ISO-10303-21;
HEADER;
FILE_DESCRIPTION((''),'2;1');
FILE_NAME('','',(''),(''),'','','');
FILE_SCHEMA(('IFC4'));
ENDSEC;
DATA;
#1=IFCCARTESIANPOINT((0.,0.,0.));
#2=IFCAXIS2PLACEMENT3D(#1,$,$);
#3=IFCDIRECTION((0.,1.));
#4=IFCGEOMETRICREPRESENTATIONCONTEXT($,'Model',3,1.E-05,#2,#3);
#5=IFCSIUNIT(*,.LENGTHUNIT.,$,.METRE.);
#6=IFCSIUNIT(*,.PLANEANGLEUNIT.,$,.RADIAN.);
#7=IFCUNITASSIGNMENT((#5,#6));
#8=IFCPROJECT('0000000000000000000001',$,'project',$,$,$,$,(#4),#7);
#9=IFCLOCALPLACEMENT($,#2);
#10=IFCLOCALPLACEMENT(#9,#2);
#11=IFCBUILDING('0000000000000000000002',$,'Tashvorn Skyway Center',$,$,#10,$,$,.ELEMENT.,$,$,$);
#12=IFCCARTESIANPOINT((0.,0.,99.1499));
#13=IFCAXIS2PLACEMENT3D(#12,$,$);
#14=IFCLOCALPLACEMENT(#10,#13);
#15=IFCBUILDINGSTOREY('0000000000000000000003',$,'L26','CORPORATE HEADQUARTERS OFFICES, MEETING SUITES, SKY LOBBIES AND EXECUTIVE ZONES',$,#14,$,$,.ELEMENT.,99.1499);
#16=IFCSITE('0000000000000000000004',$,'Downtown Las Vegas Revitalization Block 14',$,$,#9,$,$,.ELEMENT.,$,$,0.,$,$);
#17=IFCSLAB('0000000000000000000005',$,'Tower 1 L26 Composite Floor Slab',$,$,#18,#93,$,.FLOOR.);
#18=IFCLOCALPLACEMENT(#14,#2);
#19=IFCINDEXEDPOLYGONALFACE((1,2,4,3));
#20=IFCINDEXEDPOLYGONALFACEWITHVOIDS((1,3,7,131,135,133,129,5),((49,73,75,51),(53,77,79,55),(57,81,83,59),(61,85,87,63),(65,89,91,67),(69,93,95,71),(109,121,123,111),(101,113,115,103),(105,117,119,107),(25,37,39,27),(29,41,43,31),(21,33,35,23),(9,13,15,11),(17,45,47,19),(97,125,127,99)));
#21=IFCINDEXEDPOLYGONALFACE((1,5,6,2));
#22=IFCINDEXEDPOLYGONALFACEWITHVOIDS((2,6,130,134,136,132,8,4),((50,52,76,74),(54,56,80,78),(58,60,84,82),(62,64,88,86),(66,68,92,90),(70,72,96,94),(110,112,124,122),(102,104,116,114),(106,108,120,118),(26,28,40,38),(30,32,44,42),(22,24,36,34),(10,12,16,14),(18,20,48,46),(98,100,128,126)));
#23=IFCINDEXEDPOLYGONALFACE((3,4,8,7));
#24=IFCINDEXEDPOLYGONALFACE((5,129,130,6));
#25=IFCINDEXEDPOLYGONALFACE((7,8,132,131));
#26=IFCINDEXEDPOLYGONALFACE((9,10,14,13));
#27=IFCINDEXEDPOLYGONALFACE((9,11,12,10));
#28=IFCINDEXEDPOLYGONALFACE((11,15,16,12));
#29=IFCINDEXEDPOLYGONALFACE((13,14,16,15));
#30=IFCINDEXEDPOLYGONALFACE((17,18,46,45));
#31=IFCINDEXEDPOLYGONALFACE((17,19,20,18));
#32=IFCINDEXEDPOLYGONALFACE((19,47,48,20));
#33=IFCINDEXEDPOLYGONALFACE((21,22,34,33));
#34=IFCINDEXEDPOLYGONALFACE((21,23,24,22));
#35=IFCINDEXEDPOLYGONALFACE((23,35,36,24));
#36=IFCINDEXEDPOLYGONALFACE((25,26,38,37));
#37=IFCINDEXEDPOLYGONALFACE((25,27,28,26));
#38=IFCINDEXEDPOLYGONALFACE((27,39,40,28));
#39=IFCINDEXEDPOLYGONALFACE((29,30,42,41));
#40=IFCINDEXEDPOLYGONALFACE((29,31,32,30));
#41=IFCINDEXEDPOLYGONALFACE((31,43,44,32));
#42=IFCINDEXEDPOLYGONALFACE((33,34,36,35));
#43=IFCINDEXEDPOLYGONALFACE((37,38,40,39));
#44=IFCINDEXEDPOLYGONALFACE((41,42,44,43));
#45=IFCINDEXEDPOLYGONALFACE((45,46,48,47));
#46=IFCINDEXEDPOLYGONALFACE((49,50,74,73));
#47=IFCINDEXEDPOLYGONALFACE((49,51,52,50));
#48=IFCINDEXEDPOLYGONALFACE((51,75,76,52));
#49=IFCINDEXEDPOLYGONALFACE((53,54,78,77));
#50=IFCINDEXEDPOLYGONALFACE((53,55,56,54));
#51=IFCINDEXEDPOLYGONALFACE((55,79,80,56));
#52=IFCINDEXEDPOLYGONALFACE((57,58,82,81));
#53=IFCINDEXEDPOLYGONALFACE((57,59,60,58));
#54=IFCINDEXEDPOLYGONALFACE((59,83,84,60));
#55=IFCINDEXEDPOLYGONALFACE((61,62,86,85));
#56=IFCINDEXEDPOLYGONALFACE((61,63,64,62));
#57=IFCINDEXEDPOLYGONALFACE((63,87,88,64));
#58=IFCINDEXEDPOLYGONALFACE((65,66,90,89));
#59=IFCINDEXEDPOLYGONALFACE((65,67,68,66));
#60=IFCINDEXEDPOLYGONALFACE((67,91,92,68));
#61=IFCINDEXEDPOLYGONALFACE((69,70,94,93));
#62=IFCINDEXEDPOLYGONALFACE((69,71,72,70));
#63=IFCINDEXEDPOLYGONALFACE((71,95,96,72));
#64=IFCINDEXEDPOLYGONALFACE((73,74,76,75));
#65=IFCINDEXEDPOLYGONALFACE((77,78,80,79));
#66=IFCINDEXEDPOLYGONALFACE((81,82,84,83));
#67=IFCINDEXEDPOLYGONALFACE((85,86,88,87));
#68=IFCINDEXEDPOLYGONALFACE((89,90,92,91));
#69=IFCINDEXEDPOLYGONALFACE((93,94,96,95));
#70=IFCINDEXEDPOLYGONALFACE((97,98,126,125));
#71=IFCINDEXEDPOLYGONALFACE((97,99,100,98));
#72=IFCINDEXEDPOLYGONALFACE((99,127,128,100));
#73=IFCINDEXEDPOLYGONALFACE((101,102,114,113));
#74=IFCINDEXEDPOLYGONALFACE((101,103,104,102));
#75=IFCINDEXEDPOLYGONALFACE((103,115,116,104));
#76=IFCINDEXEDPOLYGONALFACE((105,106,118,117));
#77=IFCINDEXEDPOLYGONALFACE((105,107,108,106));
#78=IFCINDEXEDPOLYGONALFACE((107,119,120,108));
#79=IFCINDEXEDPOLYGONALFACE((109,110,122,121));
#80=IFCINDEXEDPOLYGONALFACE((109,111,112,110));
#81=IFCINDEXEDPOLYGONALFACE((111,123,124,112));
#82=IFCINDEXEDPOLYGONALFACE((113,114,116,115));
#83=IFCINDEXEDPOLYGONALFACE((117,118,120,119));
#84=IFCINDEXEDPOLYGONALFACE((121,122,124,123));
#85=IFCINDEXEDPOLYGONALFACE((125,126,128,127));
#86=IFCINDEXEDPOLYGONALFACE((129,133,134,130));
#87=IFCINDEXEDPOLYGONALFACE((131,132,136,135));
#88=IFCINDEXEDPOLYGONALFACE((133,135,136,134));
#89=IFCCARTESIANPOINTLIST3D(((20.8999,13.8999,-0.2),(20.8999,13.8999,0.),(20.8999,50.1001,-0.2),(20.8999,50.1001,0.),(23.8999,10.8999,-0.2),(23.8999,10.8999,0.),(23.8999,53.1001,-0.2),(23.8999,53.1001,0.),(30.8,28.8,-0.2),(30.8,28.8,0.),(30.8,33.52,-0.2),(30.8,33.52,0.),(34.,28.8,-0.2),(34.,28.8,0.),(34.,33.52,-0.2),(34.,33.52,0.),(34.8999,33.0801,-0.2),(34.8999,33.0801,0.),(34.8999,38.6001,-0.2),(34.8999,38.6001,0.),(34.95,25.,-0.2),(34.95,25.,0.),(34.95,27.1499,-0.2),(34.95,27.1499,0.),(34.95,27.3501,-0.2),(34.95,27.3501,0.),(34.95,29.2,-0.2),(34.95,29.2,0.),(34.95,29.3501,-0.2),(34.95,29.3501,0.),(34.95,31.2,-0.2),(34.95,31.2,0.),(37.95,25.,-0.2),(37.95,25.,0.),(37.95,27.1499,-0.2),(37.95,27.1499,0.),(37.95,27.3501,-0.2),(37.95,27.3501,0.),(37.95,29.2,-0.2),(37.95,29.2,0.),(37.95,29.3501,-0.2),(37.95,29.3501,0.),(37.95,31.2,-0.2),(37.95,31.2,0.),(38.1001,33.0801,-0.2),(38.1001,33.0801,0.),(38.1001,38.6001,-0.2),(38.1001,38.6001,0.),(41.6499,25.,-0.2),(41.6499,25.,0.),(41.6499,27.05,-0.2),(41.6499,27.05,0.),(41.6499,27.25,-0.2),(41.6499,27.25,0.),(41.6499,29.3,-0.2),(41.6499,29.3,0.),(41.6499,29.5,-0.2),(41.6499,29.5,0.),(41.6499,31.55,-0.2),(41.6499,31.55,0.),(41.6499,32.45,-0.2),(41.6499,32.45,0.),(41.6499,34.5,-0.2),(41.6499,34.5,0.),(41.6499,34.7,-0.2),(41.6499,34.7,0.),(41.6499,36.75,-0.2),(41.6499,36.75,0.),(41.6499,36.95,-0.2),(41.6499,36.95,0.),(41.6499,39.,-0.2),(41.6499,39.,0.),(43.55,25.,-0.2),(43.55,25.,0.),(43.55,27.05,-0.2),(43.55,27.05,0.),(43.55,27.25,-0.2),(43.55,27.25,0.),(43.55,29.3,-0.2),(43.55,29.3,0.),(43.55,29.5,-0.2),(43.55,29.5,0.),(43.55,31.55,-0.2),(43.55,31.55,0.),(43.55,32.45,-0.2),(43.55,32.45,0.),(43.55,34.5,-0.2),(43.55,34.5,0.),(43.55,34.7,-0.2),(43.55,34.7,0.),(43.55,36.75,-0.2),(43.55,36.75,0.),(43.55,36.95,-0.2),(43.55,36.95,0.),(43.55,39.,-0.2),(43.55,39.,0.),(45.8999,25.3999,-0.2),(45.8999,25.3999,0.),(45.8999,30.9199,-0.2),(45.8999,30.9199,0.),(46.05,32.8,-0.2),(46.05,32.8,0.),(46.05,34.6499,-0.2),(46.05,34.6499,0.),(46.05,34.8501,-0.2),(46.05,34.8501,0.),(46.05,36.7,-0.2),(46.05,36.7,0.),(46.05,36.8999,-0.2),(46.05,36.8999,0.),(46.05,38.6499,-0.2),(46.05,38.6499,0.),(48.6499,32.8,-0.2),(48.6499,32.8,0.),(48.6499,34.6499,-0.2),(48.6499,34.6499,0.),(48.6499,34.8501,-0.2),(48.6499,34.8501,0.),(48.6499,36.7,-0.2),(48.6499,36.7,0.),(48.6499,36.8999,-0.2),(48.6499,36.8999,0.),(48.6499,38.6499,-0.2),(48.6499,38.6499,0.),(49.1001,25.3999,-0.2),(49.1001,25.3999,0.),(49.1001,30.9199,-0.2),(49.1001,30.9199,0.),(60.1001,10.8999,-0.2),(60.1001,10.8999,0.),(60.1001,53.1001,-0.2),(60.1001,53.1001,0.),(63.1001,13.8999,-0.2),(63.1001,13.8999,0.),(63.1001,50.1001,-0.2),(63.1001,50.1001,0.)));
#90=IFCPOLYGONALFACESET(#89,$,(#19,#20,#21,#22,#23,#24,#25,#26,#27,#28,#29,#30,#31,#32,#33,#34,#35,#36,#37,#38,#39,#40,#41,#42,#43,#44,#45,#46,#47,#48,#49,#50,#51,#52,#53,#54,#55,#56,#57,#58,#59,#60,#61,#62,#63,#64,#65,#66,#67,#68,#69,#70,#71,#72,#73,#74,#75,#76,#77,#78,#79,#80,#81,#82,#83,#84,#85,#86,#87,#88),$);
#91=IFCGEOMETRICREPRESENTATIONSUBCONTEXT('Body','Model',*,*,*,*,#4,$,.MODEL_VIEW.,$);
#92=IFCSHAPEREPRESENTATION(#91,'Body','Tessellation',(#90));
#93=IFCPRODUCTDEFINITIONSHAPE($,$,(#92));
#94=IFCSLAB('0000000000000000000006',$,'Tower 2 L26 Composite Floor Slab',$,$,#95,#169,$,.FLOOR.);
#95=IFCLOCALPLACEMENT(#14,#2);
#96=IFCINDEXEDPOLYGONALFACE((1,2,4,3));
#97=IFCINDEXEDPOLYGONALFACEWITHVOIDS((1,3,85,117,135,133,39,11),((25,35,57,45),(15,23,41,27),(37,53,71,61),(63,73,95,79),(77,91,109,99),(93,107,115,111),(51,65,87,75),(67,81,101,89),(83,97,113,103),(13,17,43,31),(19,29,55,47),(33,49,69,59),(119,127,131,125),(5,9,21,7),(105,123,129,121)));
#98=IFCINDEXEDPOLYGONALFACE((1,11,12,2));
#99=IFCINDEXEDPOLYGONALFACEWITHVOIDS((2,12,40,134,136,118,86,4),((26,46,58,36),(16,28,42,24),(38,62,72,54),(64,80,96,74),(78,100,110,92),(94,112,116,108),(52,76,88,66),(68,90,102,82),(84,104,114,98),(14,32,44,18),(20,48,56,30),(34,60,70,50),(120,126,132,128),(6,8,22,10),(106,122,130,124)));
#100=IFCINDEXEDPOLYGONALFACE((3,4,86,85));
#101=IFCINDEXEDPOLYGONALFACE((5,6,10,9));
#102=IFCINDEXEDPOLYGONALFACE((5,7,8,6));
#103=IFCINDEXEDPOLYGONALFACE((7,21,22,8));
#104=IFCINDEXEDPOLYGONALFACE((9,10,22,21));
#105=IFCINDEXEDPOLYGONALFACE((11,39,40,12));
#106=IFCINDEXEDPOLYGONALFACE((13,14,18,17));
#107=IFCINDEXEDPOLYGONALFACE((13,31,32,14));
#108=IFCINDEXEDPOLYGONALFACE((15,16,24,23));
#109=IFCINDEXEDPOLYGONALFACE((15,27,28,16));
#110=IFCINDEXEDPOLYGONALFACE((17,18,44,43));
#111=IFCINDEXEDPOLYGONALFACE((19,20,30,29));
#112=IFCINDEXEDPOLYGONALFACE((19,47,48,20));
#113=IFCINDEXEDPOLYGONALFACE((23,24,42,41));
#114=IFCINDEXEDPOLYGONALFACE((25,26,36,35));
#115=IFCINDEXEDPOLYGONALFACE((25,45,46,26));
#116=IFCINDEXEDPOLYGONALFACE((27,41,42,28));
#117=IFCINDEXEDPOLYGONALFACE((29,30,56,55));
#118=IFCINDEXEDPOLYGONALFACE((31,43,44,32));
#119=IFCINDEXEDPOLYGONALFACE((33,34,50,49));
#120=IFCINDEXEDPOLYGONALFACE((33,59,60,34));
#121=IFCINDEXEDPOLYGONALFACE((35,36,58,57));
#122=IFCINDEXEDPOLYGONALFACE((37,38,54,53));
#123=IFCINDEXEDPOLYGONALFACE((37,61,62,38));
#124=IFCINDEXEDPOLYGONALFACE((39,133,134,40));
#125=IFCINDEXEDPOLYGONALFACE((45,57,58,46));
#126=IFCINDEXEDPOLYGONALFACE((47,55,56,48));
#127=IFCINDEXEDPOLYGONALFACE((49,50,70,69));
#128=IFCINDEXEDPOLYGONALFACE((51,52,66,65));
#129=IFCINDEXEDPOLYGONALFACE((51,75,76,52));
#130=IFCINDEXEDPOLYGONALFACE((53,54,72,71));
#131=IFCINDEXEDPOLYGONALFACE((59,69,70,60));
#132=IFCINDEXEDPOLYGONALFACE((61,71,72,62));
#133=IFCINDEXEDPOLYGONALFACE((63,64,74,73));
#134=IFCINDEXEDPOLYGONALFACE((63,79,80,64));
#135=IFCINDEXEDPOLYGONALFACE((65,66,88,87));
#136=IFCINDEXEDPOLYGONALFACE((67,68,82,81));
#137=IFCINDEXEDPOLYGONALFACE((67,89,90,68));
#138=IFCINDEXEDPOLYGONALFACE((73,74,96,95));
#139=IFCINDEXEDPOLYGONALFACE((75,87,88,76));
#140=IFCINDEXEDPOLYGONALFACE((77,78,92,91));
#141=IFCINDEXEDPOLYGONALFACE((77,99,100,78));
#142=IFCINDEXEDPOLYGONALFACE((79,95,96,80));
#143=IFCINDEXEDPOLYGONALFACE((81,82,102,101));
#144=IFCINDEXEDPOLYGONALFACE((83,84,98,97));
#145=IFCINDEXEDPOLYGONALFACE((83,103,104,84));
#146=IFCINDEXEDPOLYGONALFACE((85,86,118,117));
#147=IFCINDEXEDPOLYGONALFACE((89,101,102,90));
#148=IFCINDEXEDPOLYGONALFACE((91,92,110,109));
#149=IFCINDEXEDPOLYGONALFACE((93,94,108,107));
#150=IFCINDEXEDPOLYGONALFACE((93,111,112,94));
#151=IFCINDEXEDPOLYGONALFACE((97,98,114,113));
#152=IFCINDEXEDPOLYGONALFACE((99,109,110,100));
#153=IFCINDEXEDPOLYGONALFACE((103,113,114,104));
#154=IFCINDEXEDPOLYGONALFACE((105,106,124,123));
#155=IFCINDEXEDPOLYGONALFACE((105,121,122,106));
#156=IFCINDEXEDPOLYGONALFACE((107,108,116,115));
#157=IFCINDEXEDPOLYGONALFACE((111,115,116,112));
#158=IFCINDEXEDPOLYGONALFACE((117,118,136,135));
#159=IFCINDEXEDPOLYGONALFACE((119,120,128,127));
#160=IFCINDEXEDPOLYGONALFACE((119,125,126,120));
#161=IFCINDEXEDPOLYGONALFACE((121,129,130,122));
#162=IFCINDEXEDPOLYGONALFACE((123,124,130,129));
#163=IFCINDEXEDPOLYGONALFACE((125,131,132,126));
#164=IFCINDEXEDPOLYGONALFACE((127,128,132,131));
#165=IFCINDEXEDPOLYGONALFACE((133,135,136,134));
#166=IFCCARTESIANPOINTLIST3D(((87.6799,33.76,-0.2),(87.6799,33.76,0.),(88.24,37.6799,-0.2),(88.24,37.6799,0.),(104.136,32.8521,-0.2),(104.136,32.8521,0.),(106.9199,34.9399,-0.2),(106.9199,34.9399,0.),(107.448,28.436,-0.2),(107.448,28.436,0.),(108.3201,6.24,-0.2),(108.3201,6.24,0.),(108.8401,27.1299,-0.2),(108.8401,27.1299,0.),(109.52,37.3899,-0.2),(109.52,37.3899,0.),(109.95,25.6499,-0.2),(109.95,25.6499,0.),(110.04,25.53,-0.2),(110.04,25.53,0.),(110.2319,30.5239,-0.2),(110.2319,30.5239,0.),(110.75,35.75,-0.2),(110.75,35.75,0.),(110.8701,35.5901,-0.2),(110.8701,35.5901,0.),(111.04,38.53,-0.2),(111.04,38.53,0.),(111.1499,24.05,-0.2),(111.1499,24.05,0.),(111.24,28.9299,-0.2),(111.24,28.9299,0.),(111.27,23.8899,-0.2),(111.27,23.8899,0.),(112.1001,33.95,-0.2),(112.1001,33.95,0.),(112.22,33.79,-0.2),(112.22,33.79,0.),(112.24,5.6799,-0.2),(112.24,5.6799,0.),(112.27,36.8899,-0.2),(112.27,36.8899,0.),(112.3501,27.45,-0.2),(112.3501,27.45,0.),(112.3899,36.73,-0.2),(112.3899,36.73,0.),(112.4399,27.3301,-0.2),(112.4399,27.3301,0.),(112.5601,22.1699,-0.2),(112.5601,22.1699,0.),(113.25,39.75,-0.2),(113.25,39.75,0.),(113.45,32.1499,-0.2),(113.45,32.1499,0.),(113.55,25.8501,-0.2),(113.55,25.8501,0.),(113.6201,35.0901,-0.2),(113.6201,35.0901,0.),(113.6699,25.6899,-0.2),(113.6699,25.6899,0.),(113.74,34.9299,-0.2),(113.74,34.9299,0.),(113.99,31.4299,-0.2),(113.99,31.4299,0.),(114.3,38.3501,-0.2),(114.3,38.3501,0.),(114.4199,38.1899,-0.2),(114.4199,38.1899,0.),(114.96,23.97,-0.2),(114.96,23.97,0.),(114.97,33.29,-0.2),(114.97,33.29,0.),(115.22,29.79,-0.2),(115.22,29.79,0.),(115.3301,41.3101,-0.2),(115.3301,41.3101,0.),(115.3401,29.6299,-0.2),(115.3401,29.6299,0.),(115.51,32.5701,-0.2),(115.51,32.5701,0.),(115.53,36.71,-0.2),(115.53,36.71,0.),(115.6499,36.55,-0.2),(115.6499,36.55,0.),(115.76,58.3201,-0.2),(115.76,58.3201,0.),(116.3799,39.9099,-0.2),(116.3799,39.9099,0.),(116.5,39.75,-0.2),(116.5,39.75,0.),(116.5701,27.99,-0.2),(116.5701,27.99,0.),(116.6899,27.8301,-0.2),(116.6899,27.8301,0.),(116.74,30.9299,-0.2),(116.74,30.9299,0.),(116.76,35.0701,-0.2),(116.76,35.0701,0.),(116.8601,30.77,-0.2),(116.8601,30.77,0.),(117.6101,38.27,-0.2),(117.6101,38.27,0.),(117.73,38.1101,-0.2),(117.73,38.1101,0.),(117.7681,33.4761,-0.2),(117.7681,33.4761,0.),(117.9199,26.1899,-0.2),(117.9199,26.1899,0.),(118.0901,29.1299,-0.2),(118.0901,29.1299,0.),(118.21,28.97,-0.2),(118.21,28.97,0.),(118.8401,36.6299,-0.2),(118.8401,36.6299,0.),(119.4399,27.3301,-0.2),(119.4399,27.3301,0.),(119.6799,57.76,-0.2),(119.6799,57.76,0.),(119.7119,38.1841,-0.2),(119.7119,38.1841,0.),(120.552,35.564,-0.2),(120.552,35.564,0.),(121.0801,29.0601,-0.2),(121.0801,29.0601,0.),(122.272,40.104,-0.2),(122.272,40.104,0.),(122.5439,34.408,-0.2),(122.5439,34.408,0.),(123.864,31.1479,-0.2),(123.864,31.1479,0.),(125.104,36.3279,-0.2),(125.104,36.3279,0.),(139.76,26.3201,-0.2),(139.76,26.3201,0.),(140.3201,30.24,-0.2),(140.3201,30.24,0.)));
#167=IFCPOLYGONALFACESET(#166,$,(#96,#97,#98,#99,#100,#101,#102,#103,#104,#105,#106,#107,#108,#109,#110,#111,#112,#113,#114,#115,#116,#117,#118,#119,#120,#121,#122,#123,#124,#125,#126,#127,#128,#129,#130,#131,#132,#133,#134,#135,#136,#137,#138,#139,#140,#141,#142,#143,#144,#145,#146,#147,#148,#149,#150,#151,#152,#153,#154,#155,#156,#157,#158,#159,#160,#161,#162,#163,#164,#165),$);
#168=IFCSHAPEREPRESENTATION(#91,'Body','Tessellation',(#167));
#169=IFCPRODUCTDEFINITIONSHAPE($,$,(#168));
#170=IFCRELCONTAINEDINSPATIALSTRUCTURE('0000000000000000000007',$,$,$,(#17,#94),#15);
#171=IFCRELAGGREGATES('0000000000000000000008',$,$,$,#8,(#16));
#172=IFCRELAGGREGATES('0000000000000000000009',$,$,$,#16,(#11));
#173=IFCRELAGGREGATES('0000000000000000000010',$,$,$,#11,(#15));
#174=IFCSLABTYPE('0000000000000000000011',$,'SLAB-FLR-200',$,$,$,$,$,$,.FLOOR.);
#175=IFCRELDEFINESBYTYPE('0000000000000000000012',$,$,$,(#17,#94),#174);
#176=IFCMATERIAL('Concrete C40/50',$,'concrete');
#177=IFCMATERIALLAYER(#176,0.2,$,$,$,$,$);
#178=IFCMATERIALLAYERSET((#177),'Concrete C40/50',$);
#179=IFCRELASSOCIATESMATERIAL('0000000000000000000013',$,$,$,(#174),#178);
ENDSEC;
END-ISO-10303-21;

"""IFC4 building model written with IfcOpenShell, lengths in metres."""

from ifc_helpers import new_model, si_unit, direction, frame, origin, place, context, subcontext, project, spatial, polyline, outline, extrude, material, layer, layer_set, type_object, element, save


model = new_model("IFC4")

# Units and contexts
model_context = context("Model", 3, precision=1e-05, world=origin(), true_north=direction((0.0, 1.0)))
body_context = subcontext(model_context, "Body", "Model", "MODEL_VIEW")
ifc_project = project(units=[si_unit("LENGTHUNIT", "METRE"), si_unit("PLANEANGLEUNIT", "RADIAN")], contexts=[model_context])

# Site, building, storey
site_placement = place(None, origin())
site = spatial("IfcSite", under=ifc_project, at=site_placement, Name="Downtown Las Vegas Revitalization Block 14", CompositionType="ELEMENT", RefElevation=0.0)
building_placement = place(site_placement, origin())
building = spatial("IfcBuilding", under=site, at=building_placement, Name="Tashvorn Skyway Center", CompositionType="ELEMENT")
storey_placement = place(building_placement, frame((0.0, 0.0, 99.1499)))
storey = spatial("IfcBuildingStorey", under=building, at=storey_placement, Name="L26", Description="CORPORATE HEADQUARTERS OFFICES, MEETING SUITES, SKY LOBBIES AND EXECUTIVE ZONES", CompositionType="ELEMENT", Elevation=99.1499)

# Slabs
ifc_material_1 = material(Name="Concrete C40/50", Category="concrete")
ifc_layer_1 = layer(ifc_material_1, 0.2)
ifc_layer_set_1 = layer_set([ifc_layer_1], Name="Concrete C40/50")
slab_type_1 = type_object("IfcSlabType", Name="SLAB-FLR-200", PredefinedType="FLOOR", material=ifc_layer_set_1)
slab_1_placement = place(storey_placement, frame((0.0, 0.0, -0.2)))
element("IfcSlab", 1, at=slab_1_placement, inside=storey, type_object=slab_type_1, Name="Tower 1 L26 Composite Floor Slab", PredefinedType="FLOOR", context=body_context, shape_type="SweptSolid", body=[
    extrude(outline(polyline([(23.8999, 10.8999), (60.1001, 10.8999), (63.1001, 13.8999), (63.1001, 50.1001), (60.1001, 53.1001), (23.8999, 53.1001), (20.8999, 50.1001), (20.8999, 13.8999), (23.8999, 10.8999)]), holes=[polyline([(38.1001, 33.0801), (38.1001, 38.6001), (34.8999, 38.6001), (34.8999, 33.0801), (38.1001, 33.0801)]), polyline([(45.8999, 30.9199), (45.8999, 25.3999), (49.1001, 25.3999), (49.1001, 30.9199), (45.8999, 30.9199)]), polyline([(30.8, 33.52), (30.8, 28.8), (34.0, 28.8), (34.0, 33.52), (30.8, 33.52)]), polyline([(34.95, 29.3501), (37.95, 29.3501), (37.95, 31.2), (34.95, 31.2), (34.95, 29.3501)]), polyline([(34.95, 27.3501), (37.95, 27.3501), (37.95, 29.2), (34.95, 29.2), (34.95, 27.3501)]), polyline([(34.95, 25.0), (37.95, 25.0), (37.95, 27.1499), (34.95, 27.1499), (34.95, 25.0)]), polyline([(41.6499, 25.0), (43.55, 25.0), (43.55, 27.05), (41.6499, 27.05), (41.6499, 25.0)]), polyline([(41.6499, 27.25), (43.55, 27.25), (43.55, 29.3), (41.6499, 29.3), (41.6499, 27.25)]), polyline([(41.6499, 29.5), (43.55, 29.5), (43.55, 31.55), (41.6499, 31.55), (41.6499, 29.5)]), polyline([(41.6499, 32.45), (43.55, 32.45), (43.55, 34.5), (41.6499, 34.5), (41.6499, 32.45)]), polyline([(41.6499, 34.7), (43.55, 34.7), (43.55, 36.75), (41.6499, 36.75), (41.6499, 34.7)]), polyline([(41.6499, 36.95), (43.55, 36.95), (43.55, 39.0), (41.6499, 39.0), (41.6499, 36.95)]), polyline([(46.05, 32.8), (48.6499, 32.8), (48.6499, 34.6499), (46.05, 34.6499), (46.05, 32.8)]), polyline([(46.05, 34.8501), (48.6499, 34.8501), (48.6499, 36.7), (46.05, 36.7), (46.05, 34.8501)]), polyline([(46.05, 36.8999), (48.6499, 36.8999), (48.6499, 38.6499), (46.05, 38.6499), (46.05, 36.8999)])]), origin(), (0.0, 0.0, 1.0), 0.2),
])
slab_2_placement = place(storey_placement, frame((0.0, 0.0, -0.2)))
element("IfcSlab", 2, at=slab_2_placement, inside=storey, type_object=slab_type_1, Name="Tower 2 L26 Composite Floor Slab", PredefinedType="FLOOR", context=body_context, shape_type="SweptSolid", body=[
    extrude(outline(polyline([(112.24, 5.6799), (139.76, 26.3201), (140.3201, 30.24), (119.6799, 57.76), (115.76, 58.3201), (88.24, 37.6799), (87.6799, 33.76), (108.3201, 6.24), (112.24, 5.6799)]), holes=[polyline([(110.2319, 30.5239), (106.9199, 34.9399), (104.136, 32.8521), (107.448, 28.436), (110.2319, 30.5239)]), polyline([(117.7681, 33.4761), (121.0801, 29.0601), (123.864, 31.1479), (120.552, 35.564), (117.7681, 33.4761)]), polyline([(119.7119, 38.1841), (122.5439, 34.408), (125.104, 36.3279), (122.272, 40.104), (119.7119, 38.1841)]), polyline([(109.95, 25.6499), (112.3501, 27.45), (111.24, 28.9299), (108.8401, 27.1299), (109.95, 25.6499)]), polyline([(111.1499, 24.05), (113.55, 25.8501), (112.4399, 27.3301), (110.04, 25.53), (111.1499, 24.05)]), polyline([(112.5601, 22.1699), (114.96, 23.97), (113.6699, 25.6899), (111.27, 23.8899), (112.5601, 22.1699)]), polyline([(117.9199, 26.1899), (119.4399, 27.3301), (118.21, 28.97), (116.6899, 27.8301), (117.9199, 26.1899)]), polyline([(116.5701, 27.99), (118.0901, 29.1299), (116.8601, 30.77), (115.3401, 29.6299), (116.5701, 27.99)]), polyline([(115.22, 29.79), (116.74, 30.9299), (115.51, 32.5701), (113.99, 31.4299), (115.22, 29.79)]), polyline([(113.45, 32.1499), (114.97, 33.29), (113.74, 34.9299), (112.22, 33.79), (113.45, 32.1499)]), polyline([(112.1001, 33.95), (113.6201, 35.0901), (112.3899, 36.73), (110.8701, 35.5901), (112.1001, 33.95)]), polyline([(110.75, 35.75), (112.27, 36.8899), (111.04, 38.53), (109.52, 37.3899), (110.75, 35.75)]), polyline([(116.76, 35.0701), (118.8401, 36.6299), (117.73, 38.1101), (115.6499, 36.55), (116.76, 35.0701)]), polyline([(115.53, 36.71), (117.6101, 38.27), (116.5, 39.75), (114.4199, 38.1899), (115.53, 36.71)]), polyline([(114.3, 38.3501), (116.3799, 39.9099), (115.3301, 41.3101), (113.25, 39.75), (114.3, 38.3501)])]), origin(), (0.0, 0.0, 1.0), 0.2),
])

save(model, "model.ifc")
